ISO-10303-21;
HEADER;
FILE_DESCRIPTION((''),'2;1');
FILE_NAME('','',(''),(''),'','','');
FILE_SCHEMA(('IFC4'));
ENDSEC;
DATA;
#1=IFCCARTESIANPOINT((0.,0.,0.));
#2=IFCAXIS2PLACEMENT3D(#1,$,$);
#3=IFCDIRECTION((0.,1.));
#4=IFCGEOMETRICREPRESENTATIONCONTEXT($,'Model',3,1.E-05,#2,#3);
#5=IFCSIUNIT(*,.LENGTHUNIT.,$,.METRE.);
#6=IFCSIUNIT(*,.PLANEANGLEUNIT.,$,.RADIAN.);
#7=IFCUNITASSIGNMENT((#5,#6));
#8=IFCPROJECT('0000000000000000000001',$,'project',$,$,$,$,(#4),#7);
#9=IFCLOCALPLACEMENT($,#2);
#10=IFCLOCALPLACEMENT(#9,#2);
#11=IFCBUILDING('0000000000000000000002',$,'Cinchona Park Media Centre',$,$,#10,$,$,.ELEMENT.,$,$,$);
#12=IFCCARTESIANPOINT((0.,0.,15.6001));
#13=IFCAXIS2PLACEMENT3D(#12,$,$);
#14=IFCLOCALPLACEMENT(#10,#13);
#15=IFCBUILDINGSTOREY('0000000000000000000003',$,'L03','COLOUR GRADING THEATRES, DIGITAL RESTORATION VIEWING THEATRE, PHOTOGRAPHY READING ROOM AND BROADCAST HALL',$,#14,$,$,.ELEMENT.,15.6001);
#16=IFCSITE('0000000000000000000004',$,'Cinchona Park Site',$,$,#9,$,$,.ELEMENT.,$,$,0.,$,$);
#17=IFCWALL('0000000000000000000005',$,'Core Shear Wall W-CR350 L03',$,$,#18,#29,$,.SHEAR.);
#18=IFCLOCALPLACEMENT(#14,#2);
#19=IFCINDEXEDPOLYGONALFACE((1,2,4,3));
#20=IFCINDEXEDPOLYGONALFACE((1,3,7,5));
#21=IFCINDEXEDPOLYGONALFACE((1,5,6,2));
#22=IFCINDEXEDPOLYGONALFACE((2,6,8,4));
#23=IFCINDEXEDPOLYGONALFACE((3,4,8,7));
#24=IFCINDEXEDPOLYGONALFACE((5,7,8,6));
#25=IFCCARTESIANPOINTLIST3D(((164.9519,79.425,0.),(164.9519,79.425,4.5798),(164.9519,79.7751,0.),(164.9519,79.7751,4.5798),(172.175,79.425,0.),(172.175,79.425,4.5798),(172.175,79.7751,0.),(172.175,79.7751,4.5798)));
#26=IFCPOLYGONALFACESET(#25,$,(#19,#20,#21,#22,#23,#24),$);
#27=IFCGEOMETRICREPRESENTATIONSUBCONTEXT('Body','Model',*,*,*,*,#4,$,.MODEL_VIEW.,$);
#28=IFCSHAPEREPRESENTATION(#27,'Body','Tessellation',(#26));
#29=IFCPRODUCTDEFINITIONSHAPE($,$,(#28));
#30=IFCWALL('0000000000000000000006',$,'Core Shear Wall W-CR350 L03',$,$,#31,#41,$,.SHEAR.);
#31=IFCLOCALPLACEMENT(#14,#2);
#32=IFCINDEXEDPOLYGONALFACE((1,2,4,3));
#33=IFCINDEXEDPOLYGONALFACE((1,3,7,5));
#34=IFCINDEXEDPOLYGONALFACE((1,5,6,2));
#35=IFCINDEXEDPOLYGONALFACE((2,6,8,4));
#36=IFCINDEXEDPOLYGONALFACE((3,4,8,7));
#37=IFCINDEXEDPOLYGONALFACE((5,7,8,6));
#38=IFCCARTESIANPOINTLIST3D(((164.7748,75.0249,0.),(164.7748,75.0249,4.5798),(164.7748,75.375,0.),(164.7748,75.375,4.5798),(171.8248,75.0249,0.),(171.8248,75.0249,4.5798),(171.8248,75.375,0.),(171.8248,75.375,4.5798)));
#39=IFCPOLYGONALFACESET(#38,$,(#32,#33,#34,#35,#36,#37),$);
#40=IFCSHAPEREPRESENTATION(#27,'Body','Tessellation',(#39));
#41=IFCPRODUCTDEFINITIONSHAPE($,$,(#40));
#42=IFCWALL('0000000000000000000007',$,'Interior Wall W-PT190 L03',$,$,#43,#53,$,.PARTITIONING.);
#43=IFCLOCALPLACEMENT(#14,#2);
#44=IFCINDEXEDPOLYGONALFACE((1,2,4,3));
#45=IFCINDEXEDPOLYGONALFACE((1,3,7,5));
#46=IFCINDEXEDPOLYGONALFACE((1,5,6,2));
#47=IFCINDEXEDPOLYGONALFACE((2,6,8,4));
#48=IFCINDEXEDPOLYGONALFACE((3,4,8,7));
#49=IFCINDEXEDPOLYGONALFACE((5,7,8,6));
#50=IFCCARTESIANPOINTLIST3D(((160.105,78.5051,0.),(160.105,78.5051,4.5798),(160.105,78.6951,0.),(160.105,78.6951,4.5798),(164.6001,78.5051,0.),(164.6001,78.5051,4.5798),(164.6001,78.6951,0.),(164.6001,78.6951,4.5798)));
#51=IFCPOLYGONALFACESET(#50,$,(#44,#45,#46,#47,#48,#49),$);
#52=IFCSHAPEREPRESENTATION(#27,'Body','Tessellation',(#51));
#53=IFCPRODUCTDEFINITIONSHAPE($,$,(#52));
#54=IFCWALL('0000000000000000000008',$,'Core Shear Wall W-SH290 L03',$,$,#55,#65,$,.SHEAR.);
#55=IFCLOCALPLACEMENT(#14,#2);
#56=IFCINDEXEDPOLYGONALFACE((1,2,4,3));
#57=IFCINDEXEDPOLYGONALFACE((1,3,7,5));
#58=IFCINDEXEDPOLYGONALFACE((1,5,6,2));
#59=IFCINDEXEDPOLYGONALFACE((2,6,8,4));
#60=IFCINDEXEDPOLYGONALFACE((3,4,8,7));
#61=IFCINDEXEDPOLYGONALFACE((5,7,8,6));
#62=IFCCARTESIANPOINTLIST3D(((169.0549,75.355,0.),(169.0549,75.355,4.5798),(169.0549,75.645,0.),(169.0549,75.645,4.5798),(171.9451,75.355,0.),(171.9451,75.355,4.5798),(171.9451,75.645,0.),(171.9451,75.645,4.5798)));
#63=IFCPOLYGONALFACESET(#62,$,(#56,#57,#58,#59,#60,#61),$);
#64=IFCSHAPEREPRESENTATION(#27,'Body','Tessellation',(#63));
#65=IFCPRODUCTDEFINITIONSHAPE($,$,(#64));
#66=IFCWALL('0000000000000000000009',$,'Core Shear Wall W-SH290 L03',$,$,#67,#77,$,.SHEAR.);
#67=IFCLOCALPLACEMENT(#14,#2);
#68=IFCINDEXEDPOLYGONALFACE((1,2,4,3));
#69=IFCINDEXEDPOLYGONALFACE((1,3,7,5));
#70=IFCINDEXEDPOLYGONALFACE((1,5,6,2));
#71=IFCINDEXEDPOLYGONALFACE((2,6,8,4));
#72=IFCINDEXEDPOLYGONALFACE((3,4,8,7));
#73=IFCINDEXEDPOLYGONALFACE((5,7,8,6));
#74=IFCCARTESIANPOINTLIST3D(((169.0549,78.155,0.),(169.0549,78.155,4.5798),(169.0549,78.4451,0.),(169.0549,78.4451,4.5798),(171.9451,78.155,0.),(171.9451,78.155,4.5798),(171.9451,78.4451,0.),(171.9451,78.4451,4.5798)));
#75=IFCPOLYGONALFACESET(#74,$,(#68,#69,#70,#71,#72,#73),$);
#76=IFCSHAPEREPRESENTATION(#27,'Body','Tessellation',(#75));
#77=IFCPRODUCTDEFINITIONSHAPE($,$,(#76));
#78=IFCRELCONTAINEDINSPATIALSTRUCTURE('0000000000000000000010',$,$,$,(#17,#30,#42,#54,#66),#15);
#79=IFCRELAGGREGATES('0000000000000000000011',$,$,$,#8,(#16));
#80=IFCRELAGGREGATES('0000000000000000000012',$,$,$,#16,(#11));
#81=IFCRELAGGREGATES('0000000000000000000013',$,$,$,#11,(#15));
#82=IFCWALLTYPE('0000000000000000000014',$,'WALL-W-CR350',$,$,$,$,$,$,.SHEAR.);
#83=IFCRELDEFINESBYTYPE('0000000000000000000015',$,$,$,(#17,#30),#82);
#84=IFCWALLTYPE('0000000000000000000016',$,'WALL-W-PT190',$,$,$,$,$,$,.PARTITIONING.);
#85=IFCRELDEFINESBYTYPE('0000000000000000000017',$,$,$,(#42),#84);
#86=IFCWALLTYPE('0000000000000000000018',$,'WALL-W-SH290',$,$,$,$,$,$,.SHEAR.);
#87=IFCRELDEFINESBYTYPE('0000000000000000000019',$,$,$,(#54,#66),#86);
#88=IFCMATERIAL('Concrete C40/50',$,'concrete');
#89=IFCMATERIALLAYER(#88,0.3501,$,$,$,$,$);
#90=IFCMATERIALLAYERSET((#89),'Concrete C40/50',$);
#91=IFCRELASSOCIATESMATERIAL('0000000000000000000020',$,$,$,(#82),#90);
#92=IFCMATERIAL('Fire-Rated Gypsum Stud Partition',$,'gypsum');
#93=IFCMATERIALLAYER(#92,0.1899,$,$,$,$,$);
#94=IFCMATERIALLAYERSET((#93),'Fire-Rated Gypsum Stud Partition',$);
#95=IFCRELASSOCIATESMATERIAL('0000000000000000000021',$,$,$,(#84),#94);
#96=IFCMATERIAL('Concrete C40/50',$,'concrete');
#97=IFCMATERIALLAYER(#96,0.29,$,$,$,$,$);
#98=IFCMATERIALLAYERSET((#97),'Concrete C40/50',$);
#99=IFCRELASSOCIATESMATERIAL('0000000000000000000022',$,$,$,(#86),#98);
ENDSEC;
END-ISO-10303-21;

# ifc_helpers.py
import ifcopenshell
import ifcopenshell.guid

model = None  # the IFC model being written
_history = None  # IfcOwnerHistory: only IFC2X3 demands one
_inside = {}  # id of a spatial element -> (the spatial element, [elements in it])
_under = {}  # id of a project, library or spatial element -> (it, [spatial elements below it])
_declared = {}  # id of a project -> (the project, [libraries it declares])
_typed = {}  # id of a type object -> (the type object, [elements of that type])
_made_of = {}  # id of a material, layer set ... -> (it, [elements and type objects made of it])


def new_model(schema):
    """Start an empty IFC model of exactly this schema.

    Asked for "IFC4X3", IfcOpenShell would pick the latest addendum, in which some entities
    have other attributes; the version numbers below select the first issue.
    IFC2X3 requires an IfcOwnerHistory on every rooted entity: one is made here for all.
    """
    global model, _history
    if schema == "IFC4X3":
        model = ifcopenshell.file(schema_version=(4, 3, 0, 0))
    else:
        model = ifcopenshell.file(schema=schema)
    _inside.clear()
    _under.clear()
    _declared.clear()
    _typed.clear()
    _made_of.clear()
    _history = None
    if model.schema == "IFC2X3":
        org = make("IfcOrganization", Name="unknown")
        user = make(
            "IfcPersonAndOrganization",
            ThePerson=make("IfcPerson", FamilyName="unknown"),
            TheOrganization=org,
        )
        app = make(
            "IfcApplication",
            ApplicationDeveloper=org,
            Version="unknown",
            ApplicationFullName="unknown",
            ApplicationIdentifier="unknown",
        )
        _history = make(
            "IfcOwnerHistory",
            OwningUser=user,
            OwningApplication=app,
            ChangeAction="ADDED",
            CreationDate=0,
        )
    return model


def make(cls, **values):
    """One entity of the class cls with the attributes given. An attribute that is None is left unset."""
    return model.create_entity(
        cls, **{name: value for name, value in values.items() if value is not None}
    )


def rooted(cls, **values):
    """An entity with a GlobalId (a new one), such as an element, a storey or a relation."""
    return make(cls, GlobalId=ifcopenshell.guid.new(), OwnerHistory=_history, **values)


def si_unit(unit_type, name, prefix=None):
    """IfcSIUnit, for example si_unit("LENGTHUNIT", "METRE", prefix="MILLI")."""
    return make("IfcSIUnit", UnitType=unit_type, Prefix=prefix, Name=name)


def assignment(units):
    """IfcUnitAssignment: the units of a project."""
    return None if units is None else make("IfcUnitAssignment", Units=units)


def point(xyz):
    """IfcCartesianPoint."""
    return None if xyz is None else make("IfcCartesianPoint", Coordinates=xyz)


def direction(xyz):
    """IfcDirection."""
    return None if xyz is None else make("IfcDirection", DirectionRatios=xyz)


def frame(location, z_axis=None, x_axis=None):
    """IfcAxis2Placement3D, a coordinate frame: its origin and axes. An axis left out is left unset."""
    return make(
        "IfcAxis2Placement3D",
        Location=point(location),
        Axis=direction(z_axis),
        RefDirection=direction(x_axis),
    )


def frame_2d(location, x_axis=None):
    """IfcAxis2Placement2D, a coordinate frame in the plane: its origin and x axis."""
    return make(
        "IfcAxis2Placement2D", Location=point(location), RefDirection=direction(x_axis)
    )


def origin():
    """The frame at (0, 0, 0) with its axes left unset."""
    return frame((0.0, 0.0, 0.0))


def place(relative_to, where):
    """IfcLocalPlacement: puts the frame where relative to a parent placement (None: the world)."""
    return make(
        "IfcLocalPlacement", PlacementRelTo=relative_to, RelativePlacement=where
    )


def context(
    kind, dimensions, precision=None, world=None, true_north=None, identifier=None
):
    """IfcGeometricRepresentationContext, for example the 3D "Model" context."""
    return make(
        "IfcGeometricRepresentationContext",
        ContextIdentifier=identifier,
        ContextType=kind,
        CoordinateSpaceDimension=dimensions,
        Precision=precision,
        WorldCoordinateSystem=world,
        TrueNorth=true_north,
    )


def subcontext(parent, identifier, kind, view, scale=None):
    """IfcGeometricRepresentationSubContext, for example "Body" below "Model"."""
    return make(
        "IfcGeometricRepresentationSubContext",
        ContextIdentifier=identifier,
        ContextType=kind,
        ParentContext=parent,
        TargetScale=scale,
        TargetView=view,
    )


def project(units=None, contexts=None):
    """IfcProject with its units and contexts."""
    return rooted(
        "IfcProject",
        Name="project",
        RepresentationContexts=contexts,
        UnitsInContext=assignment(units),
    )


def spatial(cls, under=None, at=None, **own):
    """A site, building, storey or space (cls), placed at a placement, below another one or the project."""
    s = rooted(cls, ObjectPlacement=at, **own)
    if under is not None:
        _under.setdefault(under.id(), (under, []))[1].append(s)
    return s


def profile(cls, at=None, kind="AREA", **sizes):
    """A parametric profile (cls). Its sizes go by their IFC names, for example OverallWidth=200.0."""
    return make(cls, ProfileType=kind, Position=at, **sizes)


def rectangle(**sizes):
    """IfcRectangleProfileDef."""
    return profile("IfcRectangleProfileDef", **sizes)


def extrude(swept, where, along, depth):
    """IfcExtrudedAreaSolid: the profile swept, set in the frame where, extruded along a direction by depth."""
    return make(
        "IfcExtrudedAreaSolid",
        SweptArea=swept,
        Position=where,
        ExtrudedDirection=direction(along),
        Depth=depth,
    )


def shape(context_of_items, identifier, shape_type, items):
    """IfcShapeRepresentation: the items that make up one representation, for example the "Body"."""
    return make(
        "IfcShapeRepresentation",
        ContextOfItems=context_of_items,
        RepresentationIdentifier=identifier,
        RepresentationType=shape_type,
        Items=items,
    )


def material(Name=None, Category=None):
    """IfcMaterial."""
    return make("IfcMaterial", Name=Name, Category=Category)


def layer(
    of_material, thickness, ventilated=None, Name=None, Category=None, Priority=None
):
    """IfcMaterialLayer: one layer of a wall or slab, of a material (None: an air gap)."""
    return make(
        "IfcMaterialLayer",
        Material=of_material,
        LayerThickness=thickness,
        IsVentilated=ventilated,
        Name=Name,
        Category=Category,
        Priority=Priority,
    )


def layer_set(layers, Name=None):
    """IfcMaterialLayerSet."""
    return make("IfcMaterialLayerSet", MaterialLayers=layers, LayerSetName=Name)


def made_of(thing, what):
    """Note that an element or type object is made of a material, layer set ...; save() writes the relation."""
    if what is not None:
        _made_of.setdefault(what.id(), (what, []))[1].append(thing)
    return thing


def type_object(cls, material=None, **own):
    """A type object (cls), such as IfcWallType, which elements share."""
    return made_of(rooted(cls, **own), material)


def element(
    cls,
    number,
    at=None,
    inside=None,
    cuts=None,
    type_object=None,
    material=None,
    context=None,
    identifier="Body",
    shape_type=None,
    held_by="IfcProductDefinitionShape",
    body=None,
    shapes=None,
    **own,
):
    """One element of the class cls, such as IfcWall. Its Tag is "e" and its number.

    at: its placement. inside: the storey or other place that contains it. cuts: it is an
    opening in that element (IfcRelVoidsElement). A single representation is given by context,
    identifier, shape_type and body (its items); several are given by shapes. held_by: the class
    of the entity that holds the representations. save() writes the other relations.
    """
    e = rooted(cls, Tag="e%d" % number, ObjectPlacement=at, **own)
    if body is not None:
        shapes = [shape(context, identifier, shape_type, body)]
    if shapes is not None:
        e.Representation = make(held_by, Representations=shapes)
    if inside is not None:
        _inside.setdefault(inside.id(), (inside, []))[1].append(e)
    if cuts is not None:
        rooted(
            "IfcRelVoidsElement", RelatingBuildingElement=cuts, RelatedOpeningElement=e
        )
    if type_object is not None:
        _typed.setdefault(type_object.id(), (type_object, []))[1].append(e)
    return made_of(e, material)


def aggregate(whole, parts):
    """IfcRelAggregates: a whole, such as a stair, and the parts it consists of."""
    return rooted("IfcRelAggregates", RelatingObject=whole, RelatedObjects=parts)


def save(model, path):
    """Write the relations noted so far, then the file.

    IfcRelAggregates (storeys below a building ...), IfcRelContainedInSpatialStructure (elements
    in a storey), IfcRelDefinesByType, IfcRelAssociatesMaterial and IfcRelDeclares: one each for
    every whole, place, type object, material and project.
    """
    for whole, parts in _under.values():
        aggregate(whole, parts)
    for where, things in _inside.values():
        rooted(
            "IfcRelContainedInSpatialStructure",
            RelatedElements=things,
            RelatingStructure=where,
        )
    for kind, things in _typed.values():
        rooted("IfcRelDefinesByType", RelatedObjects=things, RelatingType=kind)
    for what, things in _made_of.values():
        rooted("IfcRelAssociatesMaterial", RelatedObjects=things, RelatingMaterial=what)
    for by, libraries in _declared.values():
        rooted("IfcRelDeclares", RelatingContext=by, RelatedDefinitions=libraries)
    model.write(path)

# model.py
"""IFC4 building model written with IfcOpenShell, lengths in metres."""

from ifc_helpers import new_model, si_unit, direction, frame, frame_2d, origin, place, context, subcontext, project, spatial, rectangle, extrude, material, layer, layer_set, type_object, element, save


model = new_model("IFC4")

# Units and contexts
model_context = context("Model", 3, precision=1e-05, world=origin(), true_north=direction((0.0, 1.0)))
body_context = subcontext(model_context, "Body", "Model", "MODEL_VIEW")
ifc_project = project(units=[si_unit("LENGTHUNIT", "METRE"), si_unit("PLANEANGLEUNIT", "RADIAN")], contexts=[model_context])

# Site, building, storey
site_placement = place(None, origin())
site = spatial("IfcSite", under=ifc_project, at=site_placement, Name="Cinchona Park Site", CompositionType="ELEMENT", RefElevation=0.0)
building_placement = place(site_placement, origin())
building = spatial("IfcBuilding", under=site, at=building_placement, Name="Cinchona Park Media Centre", CompositionType="ELEMENT")
storey_placement = place(building_placement, frame((0.0, 0.0, 15.6001)))
storey = spatial("IfcBuildingStorey", under=building, at=storey_placement, Name="L03", Description="COLOUR GRADING THEATRES, DIGITAL RESTORATION VIEWING THEATRE, PHOTOGRAPHY READING ROOM AND BROADCAST HALL", CompositionType="ELEMENT", Elevation=15.6001)

# Walls
ifc_material_1 = material(Name="Concrete C40/50", Category="concrete")
ifc_layer_1 = layer(ifc_material_1, 0.3501)
ifc_layer_set_1 = layer_set([ifc_layer_1], Name="Concrete C40/50")
wall_type_1 = type_object("IfcWallType", Name="WALL-W-CR350", PredefinedType="SHEAR", material=ifc_layer_set_1)
wall_1_placement = place(storey_placement, frame((164.9519, 79.6001, 0.0), z_axis=(0.0, 0.0, 1.0), x_axis=(1.0, 0.0, 0.0)))
element("IfcWall", 1, at=wall_1_placement, inside=storey, type_object=wall_type_1, Name="Core Shear Wall W-CR350 L03", PredefinedType="SHEAR", context=body_context, shape_type="SweptSolid", body=[
    extrude(rectangle(XDim=7.2231, YDim=0.3501, at=frame_2d((3.6116, 0.0))), origin(), (0.0, 0.0, 1.0), 4.5798),
])
wall_2_placement = place(storey_placement, frame((164.7749, 75.2, 0.0), z_axis=(0.0, 0.0, 1.0), x_axis=(1.0, 0.0, 0.0)))
element("IfcWall", 2, at=wall_2_placement, inside=storey, type_object=wall_type_1, Name="Core Shear Wall W-CR350 L03", PredefinedType="SHEAR", context=body_context, shape_type="SweptSolid", body=[
    extrude(rectangle(XDim=7.05, YDim=0.3501, at=frame_2d((3.5249, 0.0))), origin(), (0.0, 0.0, 1.0), 4.5798),
])
ifc_material_2 = material(Name="Fire-Rated Gypsum Stud Partition", Category="gypsum")
ifc_layer_2 = layer(ifc_material_2, 0.1899)
ifc_layer_set_2 = layer_set([ifc_layer_2], Name="Fire-Rated Gypsum Stud Partition")
wall_type_2 = type_object("IfcWallType", Name="WALL-W-PT190", PredefinedType="PARTITIONING", material=ifc_layer_set_2)
wall_3_placement = place(storey_placement, frame((160.105, 78.6001, 0.0), z_axis=(0.0, 0.0, 1.0), x_axis=(1.0, 0.0, 0.0)))
element("IfcWall", 3, at=wall_3_placement, inside=storey, type_object=wall_type_2, Name="Interior Wall W-PT190 L03", PredefinedType="PARTITIONING", context=body_context, shape_type="SweptSolid", body=[
    extrude(rectangle(XDim=4.4951, YDim=0.1899, at=frame_2d((2.2476, 0.0))), origin(), (0.0, 0.0, 1.0), 4.5798),
])
ifc_material_3 = material(Name="Concrete C40/50", Category="concrete")
ifc_layer_3 = layer(ifc_material_3, 0.29)
ifc_layer_set_3 = layer_set([ifc_layer_3], Name="Concrete C40/50")
wall_type_3 = type_object("IfcWallType", Name="WALL-W-SH290", PredefinedType="SHEAR", material=ifc_layer_set_3)
for number, where, z_axis, x_axis, name in (
    (4, (169.0549, 75.5, 0.0), (0.0, 0.0, 1.0), (1.0, 0.0, 0.0), "Core Shear Wall W-SH290 L03"),
    (5, (169.0549, 78.3, 0.0), (0.0, 0.0, 1.0), (1.0, 0.0, 0.0), "Core Shear Wall W-SH290 L03"),
):
    element("IfcWall", number, at=place(storey_placement, frame(where, z_axis=z_axis, x_axis=x_axis)), inside=storey, type_object=wall_type_3, Name=name, PredefinedType="SHEAR", context=body_context, shape_type="SweptSolid", body=[
        extrude(rectangle(XDim=2.8901, YDim=0.29, at=frame_2d((1.4451, 0.0))), origin(), (0.0, 0.0, 1.0), 4.5798),
    ])

save(model, "model.ifc")
